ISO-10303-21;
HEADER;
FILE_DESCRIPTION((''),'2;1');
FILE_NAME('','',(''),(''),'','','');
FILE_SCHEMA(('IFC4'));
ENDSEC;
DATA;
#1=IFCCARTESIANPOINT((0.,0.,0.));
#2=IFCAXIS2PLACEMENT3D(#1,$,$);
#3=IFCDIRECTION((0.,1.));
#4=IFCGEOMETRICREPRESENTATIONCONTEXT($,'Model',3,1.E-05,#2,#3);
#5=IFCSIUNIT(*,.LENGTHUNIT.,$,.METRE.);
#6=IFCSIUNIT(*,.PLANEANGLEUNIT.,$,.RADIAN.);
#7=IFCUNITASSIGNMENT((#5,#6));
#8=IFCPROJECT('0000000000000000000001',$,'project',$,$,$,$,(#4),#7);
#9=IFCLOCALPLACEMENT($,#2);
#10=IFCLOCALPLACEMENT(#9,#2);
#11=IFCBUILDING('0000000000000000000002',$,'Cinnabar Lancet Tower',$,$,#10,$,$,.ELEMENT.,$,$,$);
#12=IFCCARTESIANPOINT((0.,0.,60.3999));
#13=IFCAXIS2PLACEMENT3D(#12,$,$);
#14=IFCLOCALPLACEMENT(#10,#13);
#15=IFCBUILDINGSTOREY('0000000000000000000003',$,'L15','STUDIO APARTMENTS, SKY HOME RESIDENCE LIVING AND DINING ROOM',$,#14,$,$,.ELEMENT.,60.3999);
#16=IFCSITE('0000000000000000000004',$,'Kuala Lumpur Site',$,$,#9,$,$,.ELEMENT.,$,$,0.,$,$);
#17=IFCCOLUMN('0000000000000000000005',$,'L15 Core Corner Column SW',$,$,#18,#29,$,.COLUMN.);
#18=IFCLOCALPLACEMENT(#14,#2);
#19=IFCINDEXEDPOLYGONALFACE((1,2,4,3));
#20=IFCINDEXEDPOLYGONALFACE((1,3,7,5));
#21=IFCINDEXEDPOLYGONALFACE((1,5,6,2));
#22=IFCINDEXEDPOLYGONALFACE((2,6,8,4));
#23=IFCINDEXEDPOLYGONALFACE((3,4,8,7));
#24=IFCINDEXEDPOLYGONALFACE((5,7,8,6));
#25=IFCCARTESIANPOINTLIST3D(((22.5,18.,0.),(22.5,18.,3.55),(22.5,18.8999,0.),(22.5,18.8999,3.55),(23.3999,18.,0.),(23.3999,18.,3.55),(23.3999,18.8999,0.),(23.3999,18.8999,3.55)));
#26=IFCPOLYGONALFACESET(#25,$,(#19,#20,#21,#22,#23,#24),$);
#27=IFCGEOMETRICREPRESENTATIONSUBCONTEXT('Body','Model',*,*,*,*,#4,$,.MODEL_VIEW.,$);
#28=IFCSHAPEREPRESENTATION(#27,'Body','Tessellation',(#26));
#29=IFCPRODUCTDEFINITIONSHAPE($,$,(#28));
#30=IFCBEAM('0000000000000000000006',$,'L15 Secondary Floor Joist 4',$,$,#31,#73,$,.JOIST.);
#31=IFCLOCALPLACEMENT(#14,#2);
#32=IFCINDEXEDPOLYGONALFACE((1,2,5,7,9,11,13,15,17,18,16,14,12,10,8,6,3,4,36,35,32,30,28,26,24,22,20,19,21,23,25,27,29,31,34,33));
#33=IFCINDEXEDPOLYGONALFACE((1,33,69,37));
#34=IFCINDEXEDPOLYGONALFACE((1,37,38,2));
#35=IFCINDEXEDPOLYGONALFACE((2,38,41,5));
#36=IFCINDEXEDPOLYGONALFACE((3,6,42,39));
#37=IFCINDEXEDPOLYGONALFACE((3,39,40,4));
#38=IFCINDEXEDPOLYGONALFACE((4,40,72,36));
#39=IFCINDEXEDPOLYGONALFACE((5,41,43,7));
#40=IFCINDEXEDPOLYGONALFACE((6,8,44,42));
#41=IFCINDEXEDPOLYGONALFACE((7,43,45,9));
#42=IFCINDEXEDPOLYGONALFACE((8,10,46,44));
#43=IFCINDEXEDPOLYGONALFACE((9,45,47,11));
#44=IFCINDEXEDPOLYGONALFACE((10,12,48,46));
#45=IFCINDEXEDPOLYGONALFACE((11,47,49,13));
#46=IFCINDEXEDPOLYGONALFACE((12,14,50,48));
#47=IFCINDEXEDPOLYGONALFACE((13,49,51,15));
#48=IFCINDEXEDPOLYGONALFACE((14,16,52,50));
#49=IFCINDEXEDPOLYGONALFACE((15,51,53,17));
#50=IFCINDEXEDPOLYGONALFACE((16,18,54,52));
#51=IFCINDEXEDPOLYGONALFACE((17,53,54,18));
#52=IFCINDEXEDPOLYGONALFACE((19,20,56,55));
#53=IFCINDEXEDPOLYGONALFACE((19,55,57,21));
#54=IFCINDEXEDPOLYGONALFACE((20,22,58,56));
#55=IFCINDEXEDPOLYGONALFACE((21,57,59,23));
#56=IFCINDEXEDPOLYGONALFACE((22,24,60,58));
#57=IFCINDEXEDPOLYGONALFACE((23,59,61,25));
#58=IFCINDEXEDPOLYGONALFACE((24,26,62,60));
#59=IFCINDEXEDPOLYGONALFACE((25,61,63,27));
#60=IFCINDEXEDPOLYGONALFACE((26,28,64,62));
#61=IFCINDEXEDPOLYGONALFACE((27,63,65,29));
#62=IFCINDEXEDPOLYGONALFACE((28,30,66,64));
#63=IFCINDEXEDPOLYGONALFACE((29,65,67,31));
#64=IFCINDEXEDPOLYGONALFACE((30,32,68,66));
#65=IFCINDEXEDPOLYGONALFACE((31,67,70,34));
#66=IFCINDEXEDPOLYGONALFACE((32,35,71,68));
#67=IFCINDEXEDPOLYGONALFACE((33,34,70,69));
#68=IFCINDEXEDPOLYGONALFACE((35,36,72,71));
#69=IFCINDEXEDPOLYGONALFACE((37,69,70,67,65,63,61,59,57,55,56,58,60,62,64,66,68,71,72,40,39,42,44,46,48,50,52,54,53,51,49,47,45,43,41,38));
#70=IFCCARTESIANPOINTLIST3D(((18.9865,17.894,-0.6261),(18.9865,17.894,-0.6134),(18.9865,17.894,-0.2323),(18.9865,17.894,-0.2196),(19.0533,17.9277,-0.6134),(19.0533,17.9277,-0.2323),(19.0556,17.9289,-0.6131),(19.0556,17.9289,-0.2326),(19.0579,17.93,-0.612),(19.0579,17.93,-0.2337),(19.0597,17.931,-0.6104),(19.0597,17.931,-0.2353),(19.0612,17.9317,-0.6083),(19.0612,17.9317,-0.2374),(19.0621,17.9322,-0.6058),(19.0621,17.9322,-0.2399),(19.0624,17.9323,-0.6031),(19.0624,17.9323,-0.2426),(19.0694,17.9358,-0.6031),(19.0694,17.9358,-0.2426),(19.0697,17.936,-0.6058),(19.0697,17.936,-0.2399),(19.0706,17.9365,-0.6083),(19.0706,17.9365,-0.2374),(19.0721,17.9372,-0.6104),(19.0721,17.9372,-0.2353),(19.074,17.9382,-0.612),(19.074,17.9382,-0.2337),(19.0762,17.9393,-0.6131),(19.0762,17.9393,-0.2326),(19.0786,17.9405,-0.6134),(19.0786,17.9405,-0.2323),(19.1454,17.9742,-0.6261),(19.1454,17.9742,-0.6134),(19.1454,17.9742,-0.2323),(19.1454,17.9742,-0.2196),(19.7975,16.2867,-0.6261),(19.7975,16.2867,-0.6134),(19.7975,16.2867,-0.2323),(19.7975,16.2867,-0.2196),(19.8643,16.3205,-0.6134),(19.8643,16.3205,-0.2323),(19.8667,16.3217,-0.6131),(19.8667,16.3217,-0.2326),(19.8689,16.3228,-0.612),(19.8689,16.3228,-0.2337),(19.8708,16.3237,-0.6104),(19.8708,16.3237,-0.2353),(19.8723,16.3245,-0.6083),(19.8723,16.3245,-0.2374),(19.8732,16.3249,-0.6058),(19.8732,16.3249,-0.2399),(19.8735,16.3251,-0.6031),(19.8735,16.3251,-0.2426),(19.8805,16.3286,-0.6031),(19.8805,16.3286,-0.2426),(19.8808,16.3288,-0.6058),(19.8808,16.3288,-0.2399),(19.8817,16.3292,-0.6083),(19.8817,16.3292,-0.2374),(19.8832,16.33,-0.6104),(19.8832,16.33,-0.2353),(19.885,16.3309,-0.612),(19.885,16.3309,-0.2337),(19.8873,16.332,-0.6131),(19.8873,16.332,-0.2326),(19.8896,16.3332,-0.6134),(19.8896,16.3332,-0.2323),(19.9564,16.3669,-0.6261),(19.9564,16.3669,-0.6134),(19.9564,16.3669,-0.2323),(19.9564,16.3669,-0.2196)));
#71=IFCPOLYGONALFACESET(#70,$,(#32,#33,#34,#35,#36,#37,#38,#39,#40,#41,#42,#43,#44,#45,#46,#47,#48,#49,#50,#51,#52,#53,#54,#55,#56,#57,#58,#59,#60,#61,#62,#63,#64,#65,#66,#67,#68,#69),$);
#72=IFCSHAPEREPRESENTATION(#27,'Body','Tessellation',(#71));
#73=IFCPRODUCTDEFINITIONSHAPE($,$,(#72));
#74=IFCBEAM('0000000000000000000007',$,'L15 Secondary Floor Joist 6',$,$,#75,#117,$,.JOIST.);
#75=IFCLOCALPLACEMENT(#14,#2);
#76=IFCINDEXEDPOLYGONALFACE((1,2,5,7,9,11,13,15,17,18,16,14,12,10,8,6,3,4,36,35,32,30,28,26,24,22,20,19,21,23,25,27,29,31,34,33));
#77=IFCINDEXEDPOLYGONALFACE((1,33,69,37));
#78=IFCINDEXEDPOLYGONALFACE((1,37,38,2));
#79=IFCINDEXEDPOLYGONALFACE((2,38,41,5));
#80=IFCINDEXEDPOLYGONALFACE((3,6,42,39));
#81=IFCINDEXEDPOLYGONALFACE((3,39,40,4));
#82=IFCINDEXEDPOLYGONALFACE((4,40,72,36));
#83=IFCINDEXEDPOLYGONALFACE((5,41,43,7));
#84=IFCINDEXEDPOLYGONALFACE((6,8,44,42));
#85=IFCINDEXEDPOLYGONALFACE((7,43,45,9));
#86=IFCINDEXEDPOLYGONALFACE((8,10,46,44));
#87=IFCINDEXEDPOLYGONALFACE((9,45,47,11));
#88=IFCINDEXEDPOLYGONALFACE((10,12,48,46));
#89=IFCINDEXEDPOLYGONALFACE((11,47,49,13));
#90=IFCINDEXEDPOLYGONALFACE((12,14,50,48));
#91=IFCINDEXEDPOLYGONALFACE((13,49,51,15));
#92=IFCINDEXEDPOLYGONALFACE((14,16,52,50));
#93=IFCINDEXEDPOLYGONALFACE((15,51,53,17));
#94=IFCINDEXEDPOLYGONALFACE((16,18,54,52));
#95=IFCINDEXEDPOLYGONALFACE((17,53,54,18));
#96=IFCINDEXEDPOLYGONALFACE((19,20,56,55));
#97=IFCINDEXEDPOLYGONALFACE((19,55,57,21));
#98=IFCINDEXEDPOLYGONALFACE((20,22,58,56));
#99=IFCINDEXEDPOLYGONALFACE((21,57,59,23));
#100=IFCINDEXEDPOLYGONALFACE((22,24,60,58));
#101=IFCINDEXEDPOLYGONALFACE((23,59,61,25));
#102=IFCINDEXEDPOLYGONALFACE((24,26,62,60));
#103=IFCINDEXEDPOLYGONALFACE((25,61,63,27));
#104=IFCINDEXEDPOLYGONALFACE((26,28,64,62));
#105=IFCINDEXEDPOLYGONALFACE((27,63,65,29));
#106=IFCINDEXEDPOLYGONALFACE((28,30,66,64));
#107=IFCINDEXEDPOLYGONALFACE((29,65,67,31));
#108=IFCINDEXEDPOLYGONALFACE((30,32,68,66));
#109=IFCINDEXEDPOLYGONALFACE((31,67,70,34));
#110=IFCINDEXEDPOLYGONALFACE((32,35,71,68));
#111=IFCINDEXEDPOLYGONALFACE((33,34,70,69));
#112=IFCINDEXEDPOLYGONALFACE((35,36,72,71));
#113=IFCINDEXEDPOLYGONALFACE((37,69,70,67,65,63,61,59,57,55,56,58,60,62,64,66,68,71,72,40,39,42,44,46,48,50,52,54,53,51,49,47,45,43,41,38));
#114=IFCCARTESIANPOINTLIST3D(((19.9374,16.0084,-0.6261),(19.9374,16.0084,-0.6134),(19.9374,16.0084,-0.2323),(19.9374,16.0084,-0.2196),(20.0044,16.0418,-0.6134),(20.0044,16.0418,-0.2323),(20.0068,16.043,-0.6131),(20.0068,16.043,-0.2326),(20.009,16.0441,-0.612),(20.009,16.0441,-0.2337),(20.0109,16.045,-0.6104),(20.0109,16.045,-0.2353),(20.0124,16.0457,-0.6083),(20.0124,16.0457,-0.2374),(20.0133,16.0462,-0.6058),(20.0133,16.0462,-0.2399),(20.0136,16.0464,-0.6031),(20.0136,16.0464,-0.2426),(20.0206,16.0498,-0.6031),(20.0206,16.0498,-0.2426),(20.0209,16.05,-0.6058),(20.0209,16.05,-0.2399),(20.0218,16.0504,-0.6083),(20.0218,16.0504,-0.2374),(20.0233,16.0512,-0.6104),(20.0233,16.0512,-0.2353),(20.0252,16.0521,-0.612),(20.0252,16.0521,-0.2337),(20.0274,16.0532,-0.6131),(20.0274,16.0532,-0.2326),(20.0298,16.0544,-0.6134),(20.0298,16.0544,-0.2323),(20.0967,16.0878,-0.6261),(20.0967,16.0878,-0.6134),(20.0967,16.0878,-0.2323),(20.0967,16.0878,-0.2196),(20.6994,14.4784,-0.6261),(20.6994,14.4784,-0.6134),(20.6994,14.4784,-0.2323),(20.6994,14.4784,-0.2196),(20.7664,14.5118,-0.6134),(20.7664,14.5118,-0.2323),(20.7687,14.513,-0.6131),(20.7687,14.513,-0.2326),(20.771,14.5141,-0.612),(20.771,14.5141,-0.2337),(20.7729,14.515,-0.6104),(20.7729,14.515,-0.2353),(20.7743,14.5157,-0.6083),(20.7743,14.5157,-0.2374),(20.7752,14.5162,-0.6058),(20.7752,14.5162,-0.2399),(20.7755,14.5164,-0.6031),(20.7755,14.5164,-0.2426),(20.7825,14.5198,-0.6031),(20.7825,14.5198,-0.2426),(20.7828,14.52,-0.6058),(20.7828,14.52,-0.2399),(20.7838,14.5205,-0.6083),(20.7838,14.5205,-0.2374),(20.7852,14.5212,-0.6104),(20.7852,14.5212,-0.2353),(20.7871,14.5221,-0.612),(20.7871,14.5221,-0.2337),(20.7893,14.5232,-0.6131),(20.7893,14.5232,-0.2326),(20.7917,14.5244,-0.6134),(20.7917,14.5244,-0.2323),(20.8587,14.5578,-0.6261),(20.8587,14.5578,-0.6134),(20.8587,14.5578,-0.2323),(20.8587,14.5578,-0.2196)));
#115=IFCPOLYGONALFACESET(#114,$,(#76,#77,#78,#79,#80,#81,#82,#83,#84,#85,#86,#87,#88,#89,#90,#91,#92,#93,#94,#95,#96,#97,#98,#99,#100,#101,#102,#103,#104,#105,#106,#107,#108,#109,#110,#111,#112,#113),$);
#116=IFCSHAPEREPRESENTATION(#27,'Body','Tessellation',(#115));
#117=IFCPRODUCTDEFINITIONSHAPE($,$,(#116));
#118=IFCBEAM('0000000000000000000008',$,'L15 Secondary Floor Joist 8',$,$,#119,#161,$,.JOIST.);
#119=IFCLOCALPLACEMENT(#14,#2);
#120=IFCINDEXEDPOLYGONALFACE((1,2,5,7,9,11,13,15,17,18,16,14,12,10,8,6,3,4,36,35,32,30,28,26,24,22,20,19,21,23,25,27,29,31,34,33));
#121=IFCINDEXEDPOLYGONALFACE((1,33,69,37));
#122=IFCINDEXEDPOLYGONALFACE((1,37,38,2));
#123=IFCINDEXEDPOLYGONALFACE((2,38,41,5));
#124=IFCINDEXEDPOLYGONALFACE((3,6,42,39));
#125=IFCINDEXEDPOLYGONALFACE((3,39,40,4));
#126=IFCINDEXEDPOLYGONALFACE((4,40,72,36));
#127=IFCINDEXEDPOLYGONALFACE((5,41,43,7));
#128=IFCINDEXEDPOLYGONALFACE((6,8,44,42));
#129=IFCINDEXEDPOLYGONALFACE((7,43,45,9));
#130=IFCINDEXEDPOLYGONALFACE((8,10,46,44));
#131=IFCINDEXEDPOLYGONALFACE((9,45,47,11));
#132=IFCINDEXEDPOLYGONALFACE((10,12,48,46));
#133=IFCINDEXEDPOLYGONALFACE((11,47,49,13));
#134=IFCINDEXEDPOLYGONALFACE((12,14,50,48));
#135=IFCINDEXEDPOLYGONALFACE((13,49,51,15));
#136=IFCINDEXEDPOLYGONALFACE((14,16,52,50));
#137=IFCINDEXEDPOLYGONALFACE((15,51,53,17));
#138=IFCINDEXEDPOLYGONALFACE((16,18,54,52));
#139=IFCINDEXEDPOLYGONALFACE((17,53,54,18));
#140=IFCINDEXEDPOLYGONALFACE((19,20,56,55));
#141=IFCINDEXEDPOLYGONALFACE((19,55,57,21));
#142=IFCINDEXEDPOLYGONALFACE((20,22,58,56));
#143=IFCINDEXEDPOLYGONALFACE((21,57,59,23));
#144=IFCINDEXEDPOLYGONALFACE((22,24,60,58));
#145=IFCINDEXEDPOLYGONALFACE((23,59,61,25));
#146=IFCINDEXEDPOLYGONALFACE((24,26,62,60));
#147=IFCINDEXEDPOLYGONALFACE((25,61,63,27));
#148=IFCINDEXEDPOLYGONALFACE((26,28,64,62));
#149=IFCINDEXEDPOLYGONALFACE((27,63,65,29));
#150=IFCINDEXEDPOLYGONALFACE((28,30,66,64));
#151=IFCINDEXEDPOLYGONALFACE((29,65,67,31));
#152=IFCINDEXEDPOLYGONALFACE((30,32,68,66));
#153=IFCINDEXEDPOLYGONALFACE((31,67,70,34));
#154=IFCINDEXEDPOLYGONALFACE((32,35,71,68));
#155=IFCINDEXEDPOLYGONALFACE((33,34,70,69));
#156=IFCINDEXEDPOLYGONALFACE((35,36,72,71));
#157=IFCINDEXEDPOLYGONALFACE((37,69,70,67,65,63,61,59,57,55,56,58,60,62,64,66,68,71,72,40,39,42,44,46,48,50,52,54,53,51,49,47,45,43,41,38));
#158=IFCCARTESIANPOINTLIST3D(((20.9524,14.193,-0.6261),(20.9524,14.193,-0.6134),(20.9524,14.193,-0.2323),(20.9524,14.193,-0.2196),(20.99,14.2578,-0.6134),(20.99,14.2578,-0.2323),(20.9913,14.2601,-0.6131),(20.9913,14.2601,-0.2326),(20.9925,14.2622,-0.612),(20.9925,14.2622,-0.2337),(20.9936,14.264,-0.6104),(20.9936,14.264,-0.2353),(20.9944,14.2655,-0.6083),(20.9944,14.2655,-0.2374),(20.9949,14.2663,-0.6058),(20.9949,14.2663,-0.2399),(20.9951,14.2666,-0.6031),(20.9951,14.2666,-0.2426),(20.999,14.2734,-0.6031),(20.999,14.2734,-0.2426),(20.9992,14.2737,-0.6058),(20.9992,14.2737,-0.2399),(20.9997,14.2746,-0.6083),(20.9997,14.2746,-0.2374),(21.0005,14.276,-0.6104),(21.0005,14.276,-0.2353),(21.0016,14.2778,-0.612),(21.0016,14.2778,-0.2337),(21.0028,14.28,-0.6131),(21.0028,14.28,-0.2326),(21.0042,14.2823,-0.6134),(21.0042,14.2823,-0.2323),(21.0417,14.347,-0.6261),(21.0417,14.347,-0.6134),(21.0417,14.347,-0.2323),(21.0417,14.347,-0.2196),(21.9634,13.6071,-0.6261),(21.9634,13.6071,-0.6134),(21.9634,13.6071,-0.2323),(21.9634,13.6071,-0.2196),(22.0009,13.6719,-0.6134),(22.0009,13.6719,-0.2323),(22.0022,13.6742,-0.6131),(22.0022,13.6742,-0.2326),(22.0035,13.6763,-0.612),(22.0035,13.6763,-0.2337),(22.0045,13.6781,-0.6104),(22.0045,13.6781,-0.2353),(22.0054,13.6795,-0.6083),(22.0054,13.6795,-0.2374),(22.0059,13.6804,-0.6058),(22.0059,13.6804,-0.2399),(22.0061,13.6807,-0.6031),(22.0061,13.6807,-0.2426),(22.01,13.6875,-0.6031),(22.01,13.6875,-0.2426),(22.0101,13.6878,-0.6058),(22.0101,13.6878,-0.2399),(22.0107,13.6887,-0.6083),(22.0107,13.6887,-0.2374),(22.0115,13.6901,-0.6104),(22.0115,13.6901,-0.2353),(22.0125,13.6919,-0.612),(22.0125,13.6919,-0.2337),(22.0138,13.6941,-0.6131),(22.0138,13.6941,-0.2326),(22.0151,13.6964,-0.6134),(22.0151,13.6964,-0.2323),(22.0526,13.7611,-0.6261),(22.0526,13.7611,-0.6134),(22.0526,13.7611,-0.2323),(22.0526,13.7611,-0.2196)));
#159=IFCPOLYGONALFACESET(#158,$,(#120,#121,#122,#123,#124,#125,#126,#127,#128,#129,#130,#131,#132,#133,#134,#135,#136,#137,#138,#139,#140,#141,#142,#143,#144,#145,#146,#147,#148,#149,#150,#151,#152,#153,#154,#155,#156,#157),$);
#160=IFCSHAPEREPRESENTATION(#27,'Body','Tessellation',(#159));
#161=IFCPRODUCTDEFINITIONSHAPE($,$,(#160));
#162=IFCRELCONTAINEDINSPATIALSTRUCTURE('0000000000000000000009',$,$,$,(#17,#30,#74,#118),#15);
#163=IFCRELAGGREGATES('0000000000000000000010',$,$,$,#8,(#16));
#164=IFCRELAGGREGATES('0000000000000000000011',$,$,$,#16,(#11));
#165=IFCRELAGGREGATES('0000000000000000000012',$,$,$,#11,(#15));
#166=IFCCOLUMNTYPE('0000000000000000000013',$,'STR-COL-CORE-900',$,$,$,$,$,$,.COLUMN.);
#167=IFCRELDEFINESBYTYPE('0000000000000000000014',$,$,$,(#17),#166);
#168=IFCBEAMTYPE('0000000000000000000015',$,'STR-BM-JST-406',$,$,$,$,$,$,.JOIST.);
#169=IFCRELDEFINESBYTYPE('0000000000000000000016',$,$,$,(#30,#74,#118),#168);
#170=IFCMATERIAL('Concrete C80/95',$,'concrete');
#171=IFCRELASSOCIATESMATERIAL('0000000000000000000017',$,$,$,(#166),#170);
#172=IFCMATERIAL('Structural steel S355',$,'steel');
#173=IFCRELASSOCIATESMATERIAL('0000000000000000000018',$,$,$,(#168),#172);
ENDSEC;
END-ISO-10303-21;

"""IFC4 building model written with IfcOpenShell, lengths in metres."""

from ifc_helpers import new_model, si_unit, direction, frame, origin, origin_2d, place, context, subcontext, project, spatial, rectangle, i_section, extrude, material, material_profile, profile_set, type_object, element, save


model = new_model("IFC4")

# Units and contexts
model_context = context("Model", 3, precision=1e-05, world=origin(), true_north=direction((0.0, 1.0)))
body_context = subcontext(model_context, "Body", "Model", "MODEL_VIEW")
ifc_project = project(units=[si_unit("LENGTHUNIT", "METRE"), si_unit("PLANEANGLEUNIT", "RADIAN")], contexts=[model_context])

# Site, building, storey
site_placement = place(None, origin())
site = spatial("IfcSite", under=ifc_project, at=site_placement, Name="Kuala Lumpur Site", CompositionType="ELEMENT", RefElevation=0.0)
building_placement = place(site_placement, origin())
building = spatial("IfcBuilding", under=site, at=building_placement, Name="Cinnabar Lancet Tower", CompositionType="ELEMENT")
storey_placement = place(building_placement, frame((0.0, 0.0, 60.3999)))
storey = spatial("IfcBuildingStorey", under=building, at=storey_placement, Name="L15", Description="STUDIO APARTMENTS, SKY HOME RESIDENCE LIVING AND DINING ROOM", CompositionType="ELEMENT", Elevation=60.3999)

# Column
ifc_material_1 = material(Name="Concrete C80/95", Category="concrete")
ifc_material_profile_1 = material_profile(ifc_material_1, rectangle(XDim=0.8999, YDim=0.8999, at=origin_2d()), Name="RC-COL 900x900")
ifc_profile_set_1 = profile_set([ifc_material_profile_1], Name="Concrete C80/95")
column_type = type_object("IfcColumnType", Name="STR-COL-CORE-900", PredefinedType="COLUMN", material=ifc_profile_set_1)
column_placement = place(storey_placement, frame((22.95, 18.45, 0.0), z_axis=(0.0, 0.0, 1.0), x_axis=(1.0, 0.0, 0.0)))
element("IfcColumn", 1, at=column_placement, inside=storey, type_object=column_type, Name="L15 Core Corner Column SW", PredefinedType="COLUMN", context=body_context, shape_type="SweptSolid", body=[
    extrude(rectangle(XDim=0.8999, YDim=0.8999, at=origin_2d()), origin(), (0.0, 0.0, 1.0), 3.55),
])

# Beams
ifc_material_2 = material(Name="Structural steel S355", Category="steel")
ifc_material_profile_2 = material_profile(ifc_material_2, i_section(OverallWidth=0.178, OverallDepth=0.4065, WebThickness=0.0078, FlangeThickness=0.0127, FilletRadius=0.0103, at=origin_2d()), Name="UKB 406x178x60")
ifc_profile_set_2 = profile_set([ifc_material_profile_2], Name="Structural steel S355")
beam_type_1 = type_object("IfcBeamType", Name="STR-BM-JST-406", PredefinedType="JOIST", material=ifc_profile_set_2)
beam_1_placement = place(storey_placement, frame((19.0659, 17.9341, -0.4229), z_axis=(0.45052, -0.892767, 0.0), x_axis=(0.892767, 0.45052, 0.0)))
element("IfcBeam", 2, at=beam_1_placement, inside=storey, type_object=beam_type_1, Name="L15 Secondary Floor Joist 4", PredefinedType="JOIST", context=body_context, shape_type="SweptSolid", body=[
    extrude(i_section(OverallWidth=0.178, OverallDepth=0.4065, WebThickness=0.0078, FlangeThickness=0.0127, FilletRadius=0.0103, at=origin_2d()), origin(), (0.0, 0.0, 1.0), 1.8003),
])
beam_2_placement = place(storey_placement, frame((20.0171, 16.0481, -0.4229), z_axis=(0.445785, -0.89514, 0.0), x_axis=(0.89514, 0.445785, 0.0)))
element("IfcBeam", 3, at=beam_2_placement, inside=storey, type_object=beam_type_1, Name="L15 Secondary Floor Joist 6", PredefinedType="JOIST", context=body_context, shape_type="SweptSolid", body=[
    extrude(i_section(OverallWidth=0.178, OverallDepth=0.4065, WebThickness=0.0078, FlangeThickness=0.0127, FilletRadius=0.0103, at=origin_2d()), origin(), (0.0, 0.0, 1.0), 1.7092),
])
beam_3_placement = place(storey_placement, frame((20.9971, 14.27, -0.4229), z_axis=(0.865193, -0.50144, 0.0), x_axis=(0.50144, 0.865193, 0.0)))
element("IfcBeam", 4, at=beam_3_placement, inside=storey, type_object=beam_type_1, Name="L15 Secondary Floor Joist 8", PredefinedType="JOIST", context=body_context, shape_type="SweptSolid", body=[
    extrude(i_section(OverallWidth=0.178, OverallDepth=0.4065, WebThickness=0.0078, FlangeThickness=0.0127, FilletRadius=0.0103, at=origin_2d()), origin(), (0.0, 0.0, 1.0), 1.1685),
])

save(model, "model.ifc")
